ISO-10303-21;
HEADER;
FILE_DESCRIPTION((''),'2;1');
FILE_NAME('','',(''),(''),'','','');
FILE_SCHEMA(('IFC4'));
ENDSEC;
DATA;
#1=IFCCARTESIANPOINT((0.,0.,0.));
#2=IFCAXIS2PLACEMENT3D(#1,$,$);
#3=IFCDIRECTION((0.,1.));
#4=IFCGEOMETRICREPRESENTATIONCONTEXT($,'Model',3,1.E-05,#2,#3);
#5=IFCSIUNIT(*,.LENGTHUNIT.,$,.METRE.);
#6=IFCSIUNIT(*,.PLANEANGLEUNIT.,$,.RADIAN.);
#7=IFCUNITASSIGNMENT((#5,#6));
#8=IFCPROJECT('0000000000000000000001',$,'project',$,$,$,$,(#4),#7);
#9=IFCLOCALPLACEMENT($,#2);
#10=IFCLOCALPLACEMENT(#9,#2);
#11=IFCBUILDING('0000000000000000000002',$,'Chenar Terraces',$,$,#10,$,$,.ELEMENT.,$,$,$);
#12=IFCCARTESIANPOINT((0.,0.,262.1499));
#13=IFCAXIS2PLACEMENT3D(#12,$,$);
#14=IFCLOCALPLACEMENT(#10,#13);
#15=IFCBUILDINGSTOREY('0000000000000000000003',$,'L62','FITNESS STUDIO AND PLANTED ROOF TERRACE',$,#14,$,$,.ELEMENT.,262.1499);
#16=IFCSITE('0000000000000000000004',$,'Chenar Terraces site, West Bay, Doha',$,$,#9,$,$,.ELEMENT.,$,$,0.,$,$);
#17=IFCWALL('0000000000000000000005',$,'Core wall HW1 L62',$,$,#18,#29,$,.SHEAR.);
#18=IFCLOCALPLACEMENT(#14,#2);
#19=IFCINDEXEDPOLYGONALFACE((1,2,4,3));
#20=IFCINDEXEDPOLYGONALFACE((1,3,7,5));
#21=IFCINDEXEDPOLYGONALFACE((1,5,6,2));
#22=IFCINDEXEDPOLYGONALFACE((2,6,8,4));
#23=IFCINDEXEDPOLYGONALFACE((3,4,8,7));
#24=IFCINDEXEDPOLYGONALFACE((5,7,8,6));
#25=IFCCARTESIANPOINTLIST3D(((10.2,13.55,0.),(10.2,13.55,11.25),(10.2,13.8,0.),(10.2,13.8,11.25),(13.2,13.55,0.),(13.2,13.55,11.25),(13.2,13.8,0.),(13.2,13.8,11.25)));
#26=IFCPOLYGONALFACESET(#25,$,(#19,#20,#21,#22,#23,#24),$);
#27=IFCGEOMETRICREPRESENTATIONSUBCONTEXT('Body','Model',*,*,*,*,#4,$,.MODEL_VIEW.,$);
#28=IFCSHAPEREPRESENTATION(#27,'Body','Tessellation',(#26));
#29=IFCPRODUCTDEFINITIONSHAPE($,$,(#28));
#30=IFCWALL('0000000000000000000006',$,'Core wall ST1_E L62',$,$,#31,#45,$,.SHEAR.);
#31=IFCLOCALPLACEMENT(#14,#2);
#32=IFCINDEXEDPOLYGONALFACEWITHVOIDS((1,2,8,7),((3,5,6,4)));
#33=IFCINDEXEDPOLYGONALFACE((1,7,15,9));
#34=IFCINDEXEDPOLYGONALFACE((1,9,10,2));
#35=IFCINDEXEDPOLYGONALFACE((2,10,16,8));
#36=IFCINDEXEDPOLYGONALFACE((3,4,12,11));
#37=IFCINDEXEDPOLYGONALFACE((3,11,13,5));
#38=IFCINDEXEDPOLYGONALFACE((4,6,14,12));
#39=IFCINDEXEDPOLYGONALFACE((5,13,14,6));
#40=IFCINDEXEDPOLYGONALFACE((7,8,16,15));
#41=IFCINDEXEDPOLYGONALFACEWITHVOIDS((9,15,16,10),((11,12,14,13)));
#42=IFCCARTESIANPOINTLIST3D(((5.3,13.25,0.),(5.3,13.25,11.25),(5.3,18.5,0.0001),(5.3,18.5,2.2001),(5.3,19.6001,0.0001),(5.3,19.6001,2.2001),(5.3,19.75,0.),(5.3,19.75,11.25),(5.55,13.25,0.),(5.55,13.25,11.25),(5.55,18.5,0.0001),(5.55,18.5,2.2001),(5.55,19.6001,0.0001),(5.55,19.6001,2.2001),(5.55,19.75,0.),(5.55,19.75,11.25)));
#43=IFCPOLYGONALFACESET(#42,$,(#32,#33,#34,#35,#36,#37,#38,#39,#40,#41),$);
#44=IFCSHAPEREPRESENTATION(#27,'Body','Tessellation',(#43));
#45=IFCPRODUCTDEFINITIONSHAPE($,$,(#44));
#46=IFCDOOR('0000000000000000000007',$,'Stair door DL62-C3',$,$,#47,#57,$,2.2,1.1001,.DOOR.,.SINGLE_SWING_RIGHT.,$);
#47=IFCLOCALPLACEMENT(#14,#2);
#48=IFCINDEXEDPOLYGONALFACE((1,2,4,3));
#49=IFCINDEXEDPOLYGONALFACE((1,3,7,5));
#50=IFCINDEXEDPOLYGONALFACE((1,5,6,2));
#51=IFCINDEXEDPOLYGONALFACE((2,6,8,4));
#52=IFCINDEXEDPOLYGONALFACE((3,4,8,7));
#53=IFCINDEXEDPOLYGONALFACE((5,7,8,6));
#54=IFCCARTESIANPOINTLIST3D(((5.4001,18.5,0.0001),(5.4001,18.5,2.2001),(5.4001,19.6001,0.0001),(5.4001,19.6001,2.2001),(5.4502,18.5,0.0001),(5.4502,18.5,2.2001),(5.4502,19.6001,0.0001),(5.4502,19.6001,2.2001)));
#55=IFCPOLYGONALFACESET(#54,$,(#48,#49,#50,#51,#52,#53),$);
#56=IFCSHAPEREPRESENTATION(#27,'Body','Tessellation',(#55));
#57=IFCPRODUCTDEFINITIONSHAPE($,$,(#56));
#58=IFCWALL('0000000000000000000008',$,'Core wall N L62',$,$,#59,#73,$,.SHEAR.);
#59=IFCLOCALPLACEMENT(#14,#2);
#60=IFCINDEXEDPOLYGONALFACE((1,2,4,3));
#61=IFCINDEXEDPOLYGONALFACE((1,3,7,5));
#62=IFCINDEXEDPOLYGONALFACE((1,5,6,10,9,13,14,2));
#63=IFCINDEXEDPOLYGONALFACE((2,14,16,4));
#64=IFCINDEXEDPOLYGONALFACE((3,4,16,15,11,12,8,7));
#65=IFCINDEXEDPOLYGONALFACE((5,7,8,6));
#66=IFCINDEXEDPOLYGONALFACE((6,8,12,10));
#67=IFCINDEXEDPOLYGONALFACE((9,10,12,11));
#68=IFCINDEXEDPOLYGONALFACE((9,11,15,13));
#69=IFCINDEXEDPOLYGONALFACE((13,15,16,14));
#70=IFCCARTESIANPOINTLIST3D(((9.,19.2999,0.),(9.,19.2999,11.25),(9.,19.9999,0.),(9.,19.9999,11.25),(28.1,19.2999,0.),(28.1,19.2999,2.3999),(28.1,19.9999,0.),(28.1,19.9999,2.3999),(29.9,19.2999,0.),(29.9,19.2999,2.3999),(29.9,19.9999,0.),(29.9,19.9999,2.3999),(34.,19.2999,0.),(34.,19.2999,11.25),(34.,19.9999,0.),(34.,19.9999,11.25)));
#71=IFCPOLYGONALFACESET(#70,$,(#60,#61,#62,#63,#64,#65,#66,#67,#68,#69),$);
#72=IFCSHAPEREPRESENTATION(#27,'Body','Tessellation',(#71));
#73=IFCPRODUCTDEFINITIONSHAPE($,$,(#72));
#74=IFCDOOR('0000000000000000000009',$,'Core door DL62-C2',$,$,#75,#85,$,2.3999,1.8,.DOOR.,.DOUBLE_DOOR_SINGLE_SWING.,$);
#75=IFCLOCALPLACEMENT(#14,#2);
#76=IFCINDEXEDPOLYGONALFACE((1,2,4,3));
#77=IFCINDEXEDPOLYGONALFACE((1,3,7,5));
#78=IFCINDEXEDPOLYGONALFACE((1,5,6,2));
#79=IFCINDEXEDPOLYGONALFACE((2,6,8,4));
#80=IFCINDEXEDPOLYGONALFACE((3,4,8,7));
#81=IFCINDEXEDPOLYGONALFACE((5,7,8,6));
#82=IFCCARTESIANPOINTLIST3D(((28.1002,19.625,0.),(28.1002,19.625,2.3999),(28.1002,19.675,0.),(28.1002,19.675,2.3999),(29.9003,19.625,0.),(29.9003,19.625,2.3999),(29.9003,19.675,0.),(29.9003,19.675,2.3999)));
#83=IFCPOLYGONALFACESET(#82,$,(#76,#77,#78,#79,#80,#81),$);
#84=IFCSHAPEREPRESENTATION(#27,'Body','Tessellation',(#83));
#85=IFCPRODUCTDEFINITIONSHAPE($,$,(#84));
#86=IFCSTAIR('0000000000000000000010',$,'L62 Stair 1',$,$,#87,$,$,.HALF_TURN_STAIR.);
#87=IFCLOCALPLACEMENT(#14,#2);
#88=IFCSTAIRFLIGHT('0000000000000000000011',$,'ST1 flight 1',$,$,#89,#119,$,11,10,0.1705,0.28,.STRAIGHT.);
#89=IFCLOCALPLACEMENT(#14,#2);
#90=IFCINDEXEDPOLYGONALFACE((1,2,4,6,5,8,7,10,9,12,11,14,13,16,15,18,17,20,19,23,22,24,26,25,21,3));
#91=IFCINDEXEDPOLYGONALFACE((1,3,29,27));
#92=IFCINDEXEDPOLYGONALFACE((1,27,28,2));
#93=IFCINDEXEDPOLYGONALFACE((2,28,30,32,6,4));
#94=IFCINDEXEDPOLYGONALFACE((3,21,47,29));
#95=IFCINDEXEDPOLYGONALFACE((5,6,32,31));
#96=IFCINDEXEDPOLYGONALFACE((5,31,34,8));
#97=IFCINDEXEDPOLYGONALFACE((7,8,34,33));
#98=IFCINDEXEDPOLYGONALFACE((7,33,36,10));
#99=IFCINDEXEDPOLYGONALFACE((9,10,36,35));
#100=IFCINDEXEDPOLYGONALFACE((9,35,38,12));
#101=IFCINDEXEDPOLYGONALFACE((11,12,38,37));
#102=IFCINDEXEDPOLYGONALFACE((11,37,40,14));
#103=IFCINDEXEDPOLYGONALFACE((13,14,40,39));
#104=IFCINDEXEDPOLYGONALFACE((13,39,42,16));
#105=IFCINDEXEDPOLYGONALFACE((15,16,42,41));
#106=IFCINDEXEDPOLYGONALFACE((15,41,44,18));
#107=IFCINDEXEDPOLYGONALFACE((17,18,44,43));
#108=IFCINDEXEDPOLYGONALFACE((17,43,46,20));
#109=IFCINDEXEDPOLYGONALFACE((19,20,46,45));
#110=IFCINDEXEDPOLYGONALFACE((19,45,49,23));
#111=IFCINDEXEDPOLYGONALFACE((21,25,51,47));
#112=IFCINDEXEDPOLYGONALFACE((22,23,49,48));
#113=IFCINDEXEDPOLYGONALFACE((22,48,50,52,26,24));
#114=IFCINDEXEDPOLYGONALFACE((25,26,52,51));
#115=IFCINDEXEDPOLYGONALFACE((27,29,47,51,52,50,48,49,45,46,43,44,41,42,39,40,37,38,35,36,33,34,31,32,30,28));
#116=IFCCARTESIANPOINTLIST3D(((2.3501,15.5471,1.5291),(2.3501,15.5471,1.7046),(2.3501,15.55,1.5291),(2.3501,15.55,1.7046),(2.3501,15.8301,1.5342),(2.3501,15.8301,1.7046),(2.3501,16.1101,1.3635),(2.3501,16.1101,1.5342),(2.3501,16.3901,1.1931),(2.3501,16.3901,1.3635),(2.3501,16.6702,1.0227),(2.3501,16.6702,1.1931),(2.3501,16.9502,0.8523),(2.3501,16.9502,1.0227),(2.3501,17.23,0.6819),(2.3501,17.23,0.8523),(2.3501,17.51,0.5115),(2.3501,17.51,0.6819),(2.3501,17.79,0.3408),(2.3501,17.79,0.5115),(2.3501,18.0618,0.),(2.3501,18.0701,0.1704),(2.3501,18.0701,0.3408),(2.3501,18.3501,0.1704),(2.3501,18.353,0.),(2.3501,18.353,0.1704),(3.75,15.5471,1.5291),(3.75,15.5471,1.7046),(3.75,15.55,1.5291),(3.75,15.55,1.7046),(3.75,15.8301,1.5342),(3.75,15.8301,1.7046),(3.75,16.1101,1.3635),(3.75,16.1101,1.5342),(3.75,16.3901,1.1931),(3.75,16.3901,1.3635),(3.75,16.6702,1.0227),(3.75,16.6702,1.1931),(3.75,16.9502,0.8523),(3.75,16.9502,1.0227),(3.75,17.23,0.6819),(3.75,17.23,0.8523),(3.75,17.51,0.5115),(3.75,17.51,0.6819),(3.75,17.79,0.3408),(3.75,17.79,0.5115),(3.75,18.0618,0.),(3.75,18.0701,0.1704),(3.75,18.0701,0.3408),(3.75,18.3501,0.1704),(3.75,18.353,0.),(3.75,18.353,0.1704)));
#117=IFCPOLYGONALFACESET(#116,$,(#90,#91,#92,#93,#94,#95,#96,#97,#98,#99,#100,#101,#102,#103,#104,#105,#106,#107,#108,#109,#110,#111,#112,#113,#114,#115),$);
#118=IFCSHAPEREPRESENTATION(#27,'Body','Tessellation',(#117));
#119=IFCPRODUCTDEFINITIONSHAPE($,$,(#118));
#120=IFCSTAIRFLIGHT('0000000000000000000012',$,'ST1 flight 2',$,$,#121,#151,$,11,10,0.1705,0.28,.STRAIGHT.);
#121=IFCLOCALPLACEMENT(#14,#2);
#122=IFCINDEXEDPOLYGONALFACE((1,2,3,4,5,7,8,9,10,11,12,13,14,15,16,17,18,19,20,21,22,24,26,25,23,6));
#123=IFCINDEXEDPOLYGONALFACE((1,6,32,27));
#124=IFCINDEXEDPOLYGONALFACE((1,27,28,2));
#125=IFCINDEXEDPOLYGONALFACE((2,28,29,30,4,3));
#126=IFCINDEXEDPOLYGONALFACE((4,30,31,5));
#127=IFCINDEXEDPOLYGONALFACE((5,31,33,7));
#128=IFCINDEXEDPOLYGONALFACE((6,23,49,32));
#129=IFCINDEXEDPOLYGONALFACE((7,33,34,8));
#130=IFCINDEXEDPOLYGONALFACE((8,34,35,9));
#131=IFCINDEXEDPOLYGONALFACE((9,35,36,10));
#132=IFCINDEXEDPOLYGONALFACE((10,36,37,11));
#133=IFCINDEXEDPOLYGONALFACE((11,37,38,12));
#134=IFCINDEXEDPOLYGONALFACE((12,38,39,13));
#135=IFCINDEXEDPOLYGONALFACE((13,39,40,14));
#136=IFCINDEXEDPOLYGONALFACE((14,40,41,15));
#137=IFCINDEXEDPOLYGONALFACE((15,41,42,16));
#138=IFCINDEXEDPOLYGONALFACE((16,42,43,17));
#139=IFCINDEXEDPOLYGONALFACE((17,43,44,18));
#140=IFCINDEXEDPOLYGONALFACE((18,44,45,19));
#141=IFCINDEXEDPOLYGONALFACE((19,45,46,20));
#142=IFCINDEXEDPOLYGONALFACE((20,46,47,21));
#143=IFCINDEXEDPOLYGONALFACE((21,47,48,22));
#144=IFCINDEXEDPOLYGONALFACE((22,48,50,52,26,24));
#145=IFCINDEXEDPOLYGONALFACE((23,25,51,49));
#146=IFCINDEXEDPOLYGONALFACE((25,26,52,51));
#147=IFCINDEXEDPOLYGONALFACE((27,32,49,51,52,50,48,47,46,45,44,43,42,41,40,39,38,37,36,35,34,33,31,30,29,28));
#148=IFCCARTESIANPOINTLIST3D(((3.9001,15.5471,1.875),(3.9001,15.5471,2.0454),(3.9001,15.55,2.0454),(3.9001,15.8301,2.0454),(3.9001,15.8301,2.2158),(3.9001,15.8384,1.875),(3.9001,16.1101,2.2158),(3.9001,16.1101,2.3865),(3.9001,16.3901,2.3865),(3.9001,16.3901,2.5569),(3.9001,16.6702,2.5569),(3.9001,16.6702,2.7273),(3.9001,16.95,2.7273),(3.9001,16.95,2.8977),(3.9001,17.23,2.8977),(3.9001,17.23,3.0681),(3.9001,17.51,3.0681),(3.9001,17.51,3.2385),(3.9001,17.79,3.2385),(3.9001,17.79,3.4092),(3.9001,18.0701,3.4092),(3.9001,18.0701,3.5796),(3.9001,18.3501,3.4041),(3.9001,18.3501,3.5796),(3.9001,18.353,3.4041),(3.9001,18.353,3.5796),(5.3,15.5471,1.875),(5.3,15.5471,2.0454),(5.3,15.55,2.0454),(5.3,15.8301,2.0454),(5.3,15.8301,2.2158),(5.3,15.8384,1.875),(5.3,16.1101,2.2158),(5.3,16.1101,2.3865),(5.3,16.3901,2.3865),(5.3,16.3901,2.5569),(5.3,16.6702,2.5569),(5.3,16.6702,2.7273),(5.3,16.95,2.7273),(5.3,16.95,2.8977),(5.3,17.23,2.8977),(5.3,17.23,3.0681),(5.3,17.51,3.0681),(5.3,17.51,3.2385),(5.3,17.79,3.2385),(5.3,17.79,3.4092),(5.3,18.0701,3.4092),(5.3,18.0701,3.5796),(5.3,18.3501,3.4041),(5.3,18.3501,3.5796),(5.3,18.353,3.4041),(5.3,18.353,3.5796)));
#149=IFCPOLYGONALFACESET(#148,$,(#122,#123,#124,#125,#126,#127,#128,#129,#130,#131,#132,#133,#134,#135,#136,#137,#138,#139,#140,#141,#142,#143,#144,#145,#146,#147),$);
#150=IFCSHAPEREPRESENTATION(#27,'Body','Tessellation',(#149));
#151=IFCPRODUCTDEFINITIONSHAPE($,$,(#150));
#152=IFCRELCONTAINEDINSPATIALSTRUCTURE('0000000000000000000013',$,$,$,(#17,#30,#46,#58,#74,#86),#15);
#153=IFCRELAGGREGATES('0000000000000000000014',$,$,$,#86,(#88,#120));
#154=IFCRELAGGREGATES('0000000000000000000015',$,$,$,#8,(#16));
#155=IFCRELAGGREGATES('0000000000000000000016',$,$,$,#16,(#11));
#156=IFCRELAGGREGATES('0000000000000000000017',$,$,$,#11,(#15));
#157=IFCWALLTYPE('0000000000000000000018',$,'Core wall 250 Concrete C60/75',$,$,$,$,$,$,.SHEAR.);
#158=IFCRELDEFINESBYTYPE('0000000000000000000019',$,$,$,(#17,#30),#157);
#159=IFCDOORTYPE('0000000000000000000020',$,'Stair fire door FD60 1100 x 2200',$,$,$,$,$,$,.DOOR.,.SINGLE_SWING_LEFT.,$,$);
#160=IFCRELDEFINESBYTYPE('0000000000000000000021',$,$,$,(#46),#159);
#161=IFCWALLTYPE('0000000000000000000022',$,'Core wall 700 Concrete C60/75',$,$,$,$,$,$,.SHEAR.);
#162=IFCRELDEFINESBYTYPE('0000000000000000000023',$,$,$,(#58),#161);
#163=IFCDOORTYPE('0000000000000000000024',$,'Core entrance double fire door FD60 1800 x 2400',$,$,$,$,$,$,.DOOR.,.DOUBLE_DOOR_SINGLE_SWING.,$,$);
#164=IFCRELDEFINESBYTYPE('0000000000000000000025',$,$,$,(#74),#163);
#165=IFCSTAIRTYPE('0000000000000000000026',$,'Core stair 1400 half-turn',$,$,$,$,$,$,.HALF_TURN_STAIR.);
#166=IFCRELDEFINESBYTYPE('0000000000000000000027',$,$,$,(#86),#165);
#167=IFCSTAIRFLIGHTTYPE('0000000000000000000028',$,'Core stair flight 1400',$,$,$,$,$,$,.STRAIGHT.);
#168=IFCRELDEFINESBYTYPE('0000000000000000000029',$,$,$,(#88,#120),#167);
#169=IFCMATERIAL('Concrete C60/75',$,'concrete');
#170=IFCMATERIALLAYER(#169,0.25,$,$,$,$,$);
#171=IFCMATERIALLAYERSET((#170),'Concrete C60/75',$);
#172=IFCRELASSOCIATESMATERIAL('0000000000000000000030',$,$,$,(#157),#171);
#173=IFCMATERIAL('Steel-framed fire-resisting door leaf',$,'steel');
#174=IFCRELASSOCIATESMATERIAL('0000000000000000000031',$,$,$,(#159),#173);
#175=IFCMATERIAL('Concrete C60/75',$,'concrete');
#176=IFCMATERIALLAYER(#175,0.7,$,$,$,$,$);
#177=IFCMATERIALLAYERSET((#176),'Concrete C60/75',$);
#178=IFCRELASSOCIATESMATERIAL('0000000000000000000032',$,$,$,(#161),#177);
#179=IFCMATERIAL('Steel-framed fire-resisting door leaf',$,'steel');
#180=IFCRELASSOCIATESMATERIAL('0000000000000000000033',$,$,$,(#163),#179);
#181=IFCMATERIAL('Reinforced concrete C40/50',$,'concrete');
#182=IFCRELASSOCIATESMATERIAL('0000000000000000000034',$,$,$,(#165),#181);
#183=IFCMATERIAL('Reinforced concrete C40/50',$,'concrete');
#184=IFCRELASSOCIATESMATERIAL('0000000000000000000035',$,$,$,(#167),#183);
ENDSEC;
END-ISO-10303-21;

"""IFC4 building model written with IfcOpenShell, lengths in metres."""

from ifc_helpers import new_model, si_unit, direction, frame, frame_2d, origin, place, context, subcontext, project, spatial, polyline, rectangle, outline, extrude, material, layer, layer_set, type_object, element, fill, aggregate, save


model = new_model("IFC4")

# Units and contexts
model_context = context("Model", 3, precision=1e-05, world=origin(), true_north=direction((0.0, 1.0)))
body_context = subcontext(model_context, "Body", "Model", "MODEL_VIEW")
ifc_project = project(units=[si_unit("LENGTHUNIT", "METRE"), si_unit("PLANEANGLEUNIT", "RADIAN")], contexts=[model_context])

# Site, building, storey
site_placement = place(None, origin())
site = spatial("IfcSite", under=ifc_project, at=site_placement, Name="Chenar Terraces site, West Bay, Doha", CompositionType="ELEMENT", RefElevation=0.0)
building_placement = place(site_placement, origin())
building = spatial("IfcBuilding", under=site, at=building_placement, Name="Chenar Terraces", CompositionType="ELEMENT")
storey_placement = place(building_placement, frame((0.0, 0.0, 262.1499)))
storey = spatial("IfcBuildingStorey", under=building, at=storey_placement, Name="L62", Description="FITNESS STUDIO AND PLANTED ROOF TERRACE", CompositionType="ELEMENT", Elevation=262.1499)

# Wall
ifc_material_1 = material(Name="Concrete C60/75", Category="concrete")
ifc_layer_1 = layer(ifc_material_1, 0.25)
ifc_layer_set_1 = layer_set([ifc_layer_1], Name="Concrete C60/75")
wall_type_1 = type_object("IfcWallType", Name="Core wall 250 Concrete C60/75", PredefinedType="SHEAR", material=ifc_layer_set_1)
wall_1_placement = place(storey_placement, frame((10.2, 13.675, 0.0), z_axis=(0.0, 0.0, 1.0), x_axis=(1.0, 0.0, 0.0)))
element("IfcWall", 1, at=wall_1_placement, inside=storey, type_object=wall_type_1, Name="Core wall HW1 L62", PredefinedType="SHEAR", context=body_context, shape_type="SweptSolid", body=[
    extrude(rectangle(XDim=3.0, YDim=0.25, at=frame_2d((1.5, 0.0))), origin(), (0.0, 0.0, 1.0), 11.25),
])

# Walls, openings, doors
wall_2_placement = place(storey_placement, frame((5.425, 13.25, 0.0), z_axis=(0.0, 0.0, 1.0), x_axis=(0.0, 1.0, 0.0)))
wall_2 = element("IfcWall", 2, at=wall_2_placement, inside=storey, type_object=wall_type_1, Name="Core wall ST1_E L62", PredefinedType="SHEAR", context=body_context, shape_type="SweptSolid", body=[
    extrude(rectangle(XDim=6.5, YDim=0.25, at=frame_2d((3.25, 0.0))), origin(), (0.0, 0.0, 1.0), 11.25),
])
opening_1_placement = place(wall_2_placement, frame((5.25, 0.0, 0.0)))
opening_1 = element("IfcOpeningElement", 3, at=opening_1_placement, cuts=wall_2, PredefinedType="OPENING", context=body_context, shape_type="SweptSolid", body=[
    extrude(rectangle(XDim=1.1001, YDim=2.2, at=frame_2d((0.55, 1.1001))), frame((0.0, 0.135, 0.0), z_axis=(0.0, -1.0, 0.0), x_axis=(1.0, 0.0, 0.0)), (0.0, 0.0, 1.0), 0.27),
])
ifc_material_2 = material(Name="Steel-framed fire-resisting door leaf", Category="steel")
door_type_1 = type_object("IfcDoorType", Name="Stair fire door FD60 1100 x 2200", OperationType="SINGLE_SWING_LEFT", PredefinedType="DOOR", material=ifc_material_2)
door_1_placement = place(opening_1_placement, origin())
door_1 = element("IfcDoor", 4, at=door_1_placement, inside=storey, type_object=door_type_1, Name="Stair door DL62-C3", OperationType="SINGLE_SWING_RIGHT", OverallHeight=2.2, OverallWidth=1.1001, PredefinedType="DOOR", context=body_context, shape_type="SweptSolid", body=[
    extrude(rectangle(XDim=1.1001, YDim=2.2, at=frame_2d((0.55, 1.1001))), frame((0.0, 0.0249, 0.0), z_axis=(0.0, -1.0, 0.0), x_axis=(1.0, 0.0, 0.0)), (0.0, 0.0, 1.0), 0.05),
])
fill(opening_1, door_1)
ifc_material_3 = material(Name="Concrete C60/75", Category="concrete")
ifc_layer_2 = layer(ifc_material_3, 0.7)
ifc_layer_set_2 = layer_set([ifc_layer_2], Name="Concrete C60/75")
wall_type_2 = type_object("IfcWallType", Name="Core wall 700 Concrete C60/75", PredefinedType="SHEAR", material=ifc_layer_set_2)
wall_3_placement = place(storey_placement, frame((9.0, 19.6499, 0.0), z_axis=(0.0, 0.0, 1.0), x_axis=(1.0, 0.0, 0.0)))
wall_3 = element("IfcWall", 5, at=wall_3_placement, inside=storey, type_object=wall_type_2, Name="Core wall N L62", PredefinedType="SHEAR", context=body_context, shape_type="SweptSolid", body=[
    extrude(rectangle(XDim=25.0, YDim=0.7, at=frame_2d((12.5, 0.0))), origin(), (0.0, 0.0, 1.0), 11.25),
])
opening_2_placement = place(wall_3_placement, frame((19.1001, 0.0, 0.0)))
opening_2 = element("IfcOpeningElement", 6, at=opening_2_placement, cuts=wall_3, PredefinedType="OPENING", context=body_context, shape_type="SweptSolid", body=[
    extrude(rectangle(XDim=1.8, YDim=2.3999, at=frame_2d((0.8999, 1.2))), frame((0.0, 0.3599, 0.0), z_axis=(0.0, -1.0, 0.0), x_axis=(1.0, 0.0, 0.0)), (0.0, 0.0, 1.0), 0.72),
])
ifc_material_4 = material(Name="Steel-framed fire-resisting door leaf", Category="steel")
door_type_2 = type_object("IfcDoorType", Name="Core entrance double fire door FD60 1800 x 2400", OperationType="DOUBLE_DOOR_SINGLE_SWING", PredefinedType="DOOR", material=ifc_material_4)
door_2_placement = place(opening_2_placement, frame((1.8, 0.0, 0.0), z_axis=(0.0, 0.0, 1.0), x_axis=(-1.0, 0.0, 0.0)))
door_2 = element("IfcDoor", 7, at=door_2_placement, inside=storey, type_object=door_type_2, Name="Core door DL62-C2", OperationType="DOUBLE_DOOR_SINGLE_SWING", OverallHeight=2.3999, OverallWidth=1.8, PredefinedType="DOOR", context=body_context, shape_type="SweptSolid", body=[
    extrude(rectangle(XDim=1.8, YDim=2.3999, at=frame_2d((0.8999, 1.2))), frame((0.0, 0.0249, 0.0), z_axis=(0.0, -1.0, 0.0), x_axis=(1.0, 0.0, 0.0)), (0.0, 0.0, 1.0), 0.05),
])
fill(opening_2, door_2)

# Stair, stair flights
ifc_material_5 = material(Name="Reinforced concrete C40/50", Category="concrete")
stair_type = type_object("IfcStairType", Name="Core stair 1400 half-turn", PredefinedType="HALF_TURN_STAIR", material=ifc_material_5)
stair_placement = place(storey_placement, origin())
stair = element("IfcStair", 8, at=stair_placement, inside=storey, type_object=stair_type, Name="L62 Stair 1", PredefinedType="HALF_TURN_STAIR")
ifc_material_6 = material(Name="Reinforced concrete C40/50", Category="concrete")
stair_flight_type = type_object("IfcStairFlightType", Name="Core stair flight 1400", PredefinedType="STRAIGHT", material=ifc_material_6)
stair_flight_1_placement = place(storey_placement, frame((3.05, 18.3501, 0.0), z_axis=(0.0, 0.0, 1.0), x_axis=(0.0, -1.0, 0.0)))
stair_flight_1 = element("IfcStairFlight", 9, at=stair_flight_1_placement, type_object=stair_flight_type, Name="ST1 flight 1", NumberOfRisers=11, NumberOfTreads=10, PredefinedType="STRAIGHT", RiserHeight=0.1705, TreadLength=0.28, context=body_context, shape_type="SweptSolid", body=[
    extrude(outline(polyline([(-0.0029, 0.0), (-0.0029, 0.1704), (0.0, 0.1704), (0.28, 0.1704), (0.28, 0.3408), (0.5601, 0.3408), (0.5601, 0.5115), (0.8401, 0.5115), (0.8401, 0.6819), (1.1201, 0.6819), (1.1201, 0.8523), (1.3999, 0.8523), (1.3999, 1.0227), (1.6799, 1.0227), (1.6799, 1.1931), (1.96, 1.1931), (1.96, 1.3635), (2.24, 1.3635), (2.24, 1.5342), (2.52, 1.5342), (2.52, 1.7046), (2.8, 1.7046), (2.803, 1.7046), (2.803, 1.5291), (2.8, 1.5291), (0.2883, 0.0), (-0.0029, 0.0)])), frame((0.0, 0.7, 0.0), z_axis=(0.0, -1.0, 0.0), x_axis=(1.0, 0.0, 0.0)), (0.0, 0.0, 1.0), 1.3999),
])
stair_flight_2_placement = place(storey_placement, frame((4.6001, 15.55, 1.875), z_axis=(0.0, 0.0, 1.0), x_axis=(0.0, 1.0, 0.0)))
stair_flight_2 = element("IfcStairFlight", 10, at=stair_flight_2_placement, type_object=stair_flight_type, Name="ST1 flight 2", NumberOfRisers=11, NumberOfTreads=10, PredefinedType="STRAIGHT", RiserHeight=0.1705, TreadLength=0.28, context=body_context, shape_type="SweptSolid", body=[
    extrude(outline(polyline([(-0.0029, 0.0), (-0.0029, 0.1704), (0.0, 0.1704), (0.28, 0.1704), (0.28, 0.3408), (0.5601, 0.3408), (0.5601, 0.5115), (0.8401, 0.5115), (0.8401, 0.6819), (1.1201, 0.6819), (1.1201, 0.8523), (1.3999, 0.8523), (1.3999, 1.0227), (1.6799, 1.0227), (1.6799, 1.1931), (1.96, 1.1931), (1.96, 1.3635), (2.24, 1.3635), (2.24, 1.5342), (2.52, 1.5342), (2.52, 1.7046), (2.8, 1.7046), (2.803, 1.7046), (2.803, 1.5291), (2.8, 1.5291), (0.2883, 0.0), (-0.0029, 0.0)])), frame((0.0, 0.7, 0.0), z_axis=(0.0, -1.0, 0.0), x_axis=(1.0, 0.0, 0.0)), (0.0, 0.0, 1.0), 1.3999),
])
aggregate(stair, [stair_flight_1, stair_flight_2])

save(model, "model.ifc")
